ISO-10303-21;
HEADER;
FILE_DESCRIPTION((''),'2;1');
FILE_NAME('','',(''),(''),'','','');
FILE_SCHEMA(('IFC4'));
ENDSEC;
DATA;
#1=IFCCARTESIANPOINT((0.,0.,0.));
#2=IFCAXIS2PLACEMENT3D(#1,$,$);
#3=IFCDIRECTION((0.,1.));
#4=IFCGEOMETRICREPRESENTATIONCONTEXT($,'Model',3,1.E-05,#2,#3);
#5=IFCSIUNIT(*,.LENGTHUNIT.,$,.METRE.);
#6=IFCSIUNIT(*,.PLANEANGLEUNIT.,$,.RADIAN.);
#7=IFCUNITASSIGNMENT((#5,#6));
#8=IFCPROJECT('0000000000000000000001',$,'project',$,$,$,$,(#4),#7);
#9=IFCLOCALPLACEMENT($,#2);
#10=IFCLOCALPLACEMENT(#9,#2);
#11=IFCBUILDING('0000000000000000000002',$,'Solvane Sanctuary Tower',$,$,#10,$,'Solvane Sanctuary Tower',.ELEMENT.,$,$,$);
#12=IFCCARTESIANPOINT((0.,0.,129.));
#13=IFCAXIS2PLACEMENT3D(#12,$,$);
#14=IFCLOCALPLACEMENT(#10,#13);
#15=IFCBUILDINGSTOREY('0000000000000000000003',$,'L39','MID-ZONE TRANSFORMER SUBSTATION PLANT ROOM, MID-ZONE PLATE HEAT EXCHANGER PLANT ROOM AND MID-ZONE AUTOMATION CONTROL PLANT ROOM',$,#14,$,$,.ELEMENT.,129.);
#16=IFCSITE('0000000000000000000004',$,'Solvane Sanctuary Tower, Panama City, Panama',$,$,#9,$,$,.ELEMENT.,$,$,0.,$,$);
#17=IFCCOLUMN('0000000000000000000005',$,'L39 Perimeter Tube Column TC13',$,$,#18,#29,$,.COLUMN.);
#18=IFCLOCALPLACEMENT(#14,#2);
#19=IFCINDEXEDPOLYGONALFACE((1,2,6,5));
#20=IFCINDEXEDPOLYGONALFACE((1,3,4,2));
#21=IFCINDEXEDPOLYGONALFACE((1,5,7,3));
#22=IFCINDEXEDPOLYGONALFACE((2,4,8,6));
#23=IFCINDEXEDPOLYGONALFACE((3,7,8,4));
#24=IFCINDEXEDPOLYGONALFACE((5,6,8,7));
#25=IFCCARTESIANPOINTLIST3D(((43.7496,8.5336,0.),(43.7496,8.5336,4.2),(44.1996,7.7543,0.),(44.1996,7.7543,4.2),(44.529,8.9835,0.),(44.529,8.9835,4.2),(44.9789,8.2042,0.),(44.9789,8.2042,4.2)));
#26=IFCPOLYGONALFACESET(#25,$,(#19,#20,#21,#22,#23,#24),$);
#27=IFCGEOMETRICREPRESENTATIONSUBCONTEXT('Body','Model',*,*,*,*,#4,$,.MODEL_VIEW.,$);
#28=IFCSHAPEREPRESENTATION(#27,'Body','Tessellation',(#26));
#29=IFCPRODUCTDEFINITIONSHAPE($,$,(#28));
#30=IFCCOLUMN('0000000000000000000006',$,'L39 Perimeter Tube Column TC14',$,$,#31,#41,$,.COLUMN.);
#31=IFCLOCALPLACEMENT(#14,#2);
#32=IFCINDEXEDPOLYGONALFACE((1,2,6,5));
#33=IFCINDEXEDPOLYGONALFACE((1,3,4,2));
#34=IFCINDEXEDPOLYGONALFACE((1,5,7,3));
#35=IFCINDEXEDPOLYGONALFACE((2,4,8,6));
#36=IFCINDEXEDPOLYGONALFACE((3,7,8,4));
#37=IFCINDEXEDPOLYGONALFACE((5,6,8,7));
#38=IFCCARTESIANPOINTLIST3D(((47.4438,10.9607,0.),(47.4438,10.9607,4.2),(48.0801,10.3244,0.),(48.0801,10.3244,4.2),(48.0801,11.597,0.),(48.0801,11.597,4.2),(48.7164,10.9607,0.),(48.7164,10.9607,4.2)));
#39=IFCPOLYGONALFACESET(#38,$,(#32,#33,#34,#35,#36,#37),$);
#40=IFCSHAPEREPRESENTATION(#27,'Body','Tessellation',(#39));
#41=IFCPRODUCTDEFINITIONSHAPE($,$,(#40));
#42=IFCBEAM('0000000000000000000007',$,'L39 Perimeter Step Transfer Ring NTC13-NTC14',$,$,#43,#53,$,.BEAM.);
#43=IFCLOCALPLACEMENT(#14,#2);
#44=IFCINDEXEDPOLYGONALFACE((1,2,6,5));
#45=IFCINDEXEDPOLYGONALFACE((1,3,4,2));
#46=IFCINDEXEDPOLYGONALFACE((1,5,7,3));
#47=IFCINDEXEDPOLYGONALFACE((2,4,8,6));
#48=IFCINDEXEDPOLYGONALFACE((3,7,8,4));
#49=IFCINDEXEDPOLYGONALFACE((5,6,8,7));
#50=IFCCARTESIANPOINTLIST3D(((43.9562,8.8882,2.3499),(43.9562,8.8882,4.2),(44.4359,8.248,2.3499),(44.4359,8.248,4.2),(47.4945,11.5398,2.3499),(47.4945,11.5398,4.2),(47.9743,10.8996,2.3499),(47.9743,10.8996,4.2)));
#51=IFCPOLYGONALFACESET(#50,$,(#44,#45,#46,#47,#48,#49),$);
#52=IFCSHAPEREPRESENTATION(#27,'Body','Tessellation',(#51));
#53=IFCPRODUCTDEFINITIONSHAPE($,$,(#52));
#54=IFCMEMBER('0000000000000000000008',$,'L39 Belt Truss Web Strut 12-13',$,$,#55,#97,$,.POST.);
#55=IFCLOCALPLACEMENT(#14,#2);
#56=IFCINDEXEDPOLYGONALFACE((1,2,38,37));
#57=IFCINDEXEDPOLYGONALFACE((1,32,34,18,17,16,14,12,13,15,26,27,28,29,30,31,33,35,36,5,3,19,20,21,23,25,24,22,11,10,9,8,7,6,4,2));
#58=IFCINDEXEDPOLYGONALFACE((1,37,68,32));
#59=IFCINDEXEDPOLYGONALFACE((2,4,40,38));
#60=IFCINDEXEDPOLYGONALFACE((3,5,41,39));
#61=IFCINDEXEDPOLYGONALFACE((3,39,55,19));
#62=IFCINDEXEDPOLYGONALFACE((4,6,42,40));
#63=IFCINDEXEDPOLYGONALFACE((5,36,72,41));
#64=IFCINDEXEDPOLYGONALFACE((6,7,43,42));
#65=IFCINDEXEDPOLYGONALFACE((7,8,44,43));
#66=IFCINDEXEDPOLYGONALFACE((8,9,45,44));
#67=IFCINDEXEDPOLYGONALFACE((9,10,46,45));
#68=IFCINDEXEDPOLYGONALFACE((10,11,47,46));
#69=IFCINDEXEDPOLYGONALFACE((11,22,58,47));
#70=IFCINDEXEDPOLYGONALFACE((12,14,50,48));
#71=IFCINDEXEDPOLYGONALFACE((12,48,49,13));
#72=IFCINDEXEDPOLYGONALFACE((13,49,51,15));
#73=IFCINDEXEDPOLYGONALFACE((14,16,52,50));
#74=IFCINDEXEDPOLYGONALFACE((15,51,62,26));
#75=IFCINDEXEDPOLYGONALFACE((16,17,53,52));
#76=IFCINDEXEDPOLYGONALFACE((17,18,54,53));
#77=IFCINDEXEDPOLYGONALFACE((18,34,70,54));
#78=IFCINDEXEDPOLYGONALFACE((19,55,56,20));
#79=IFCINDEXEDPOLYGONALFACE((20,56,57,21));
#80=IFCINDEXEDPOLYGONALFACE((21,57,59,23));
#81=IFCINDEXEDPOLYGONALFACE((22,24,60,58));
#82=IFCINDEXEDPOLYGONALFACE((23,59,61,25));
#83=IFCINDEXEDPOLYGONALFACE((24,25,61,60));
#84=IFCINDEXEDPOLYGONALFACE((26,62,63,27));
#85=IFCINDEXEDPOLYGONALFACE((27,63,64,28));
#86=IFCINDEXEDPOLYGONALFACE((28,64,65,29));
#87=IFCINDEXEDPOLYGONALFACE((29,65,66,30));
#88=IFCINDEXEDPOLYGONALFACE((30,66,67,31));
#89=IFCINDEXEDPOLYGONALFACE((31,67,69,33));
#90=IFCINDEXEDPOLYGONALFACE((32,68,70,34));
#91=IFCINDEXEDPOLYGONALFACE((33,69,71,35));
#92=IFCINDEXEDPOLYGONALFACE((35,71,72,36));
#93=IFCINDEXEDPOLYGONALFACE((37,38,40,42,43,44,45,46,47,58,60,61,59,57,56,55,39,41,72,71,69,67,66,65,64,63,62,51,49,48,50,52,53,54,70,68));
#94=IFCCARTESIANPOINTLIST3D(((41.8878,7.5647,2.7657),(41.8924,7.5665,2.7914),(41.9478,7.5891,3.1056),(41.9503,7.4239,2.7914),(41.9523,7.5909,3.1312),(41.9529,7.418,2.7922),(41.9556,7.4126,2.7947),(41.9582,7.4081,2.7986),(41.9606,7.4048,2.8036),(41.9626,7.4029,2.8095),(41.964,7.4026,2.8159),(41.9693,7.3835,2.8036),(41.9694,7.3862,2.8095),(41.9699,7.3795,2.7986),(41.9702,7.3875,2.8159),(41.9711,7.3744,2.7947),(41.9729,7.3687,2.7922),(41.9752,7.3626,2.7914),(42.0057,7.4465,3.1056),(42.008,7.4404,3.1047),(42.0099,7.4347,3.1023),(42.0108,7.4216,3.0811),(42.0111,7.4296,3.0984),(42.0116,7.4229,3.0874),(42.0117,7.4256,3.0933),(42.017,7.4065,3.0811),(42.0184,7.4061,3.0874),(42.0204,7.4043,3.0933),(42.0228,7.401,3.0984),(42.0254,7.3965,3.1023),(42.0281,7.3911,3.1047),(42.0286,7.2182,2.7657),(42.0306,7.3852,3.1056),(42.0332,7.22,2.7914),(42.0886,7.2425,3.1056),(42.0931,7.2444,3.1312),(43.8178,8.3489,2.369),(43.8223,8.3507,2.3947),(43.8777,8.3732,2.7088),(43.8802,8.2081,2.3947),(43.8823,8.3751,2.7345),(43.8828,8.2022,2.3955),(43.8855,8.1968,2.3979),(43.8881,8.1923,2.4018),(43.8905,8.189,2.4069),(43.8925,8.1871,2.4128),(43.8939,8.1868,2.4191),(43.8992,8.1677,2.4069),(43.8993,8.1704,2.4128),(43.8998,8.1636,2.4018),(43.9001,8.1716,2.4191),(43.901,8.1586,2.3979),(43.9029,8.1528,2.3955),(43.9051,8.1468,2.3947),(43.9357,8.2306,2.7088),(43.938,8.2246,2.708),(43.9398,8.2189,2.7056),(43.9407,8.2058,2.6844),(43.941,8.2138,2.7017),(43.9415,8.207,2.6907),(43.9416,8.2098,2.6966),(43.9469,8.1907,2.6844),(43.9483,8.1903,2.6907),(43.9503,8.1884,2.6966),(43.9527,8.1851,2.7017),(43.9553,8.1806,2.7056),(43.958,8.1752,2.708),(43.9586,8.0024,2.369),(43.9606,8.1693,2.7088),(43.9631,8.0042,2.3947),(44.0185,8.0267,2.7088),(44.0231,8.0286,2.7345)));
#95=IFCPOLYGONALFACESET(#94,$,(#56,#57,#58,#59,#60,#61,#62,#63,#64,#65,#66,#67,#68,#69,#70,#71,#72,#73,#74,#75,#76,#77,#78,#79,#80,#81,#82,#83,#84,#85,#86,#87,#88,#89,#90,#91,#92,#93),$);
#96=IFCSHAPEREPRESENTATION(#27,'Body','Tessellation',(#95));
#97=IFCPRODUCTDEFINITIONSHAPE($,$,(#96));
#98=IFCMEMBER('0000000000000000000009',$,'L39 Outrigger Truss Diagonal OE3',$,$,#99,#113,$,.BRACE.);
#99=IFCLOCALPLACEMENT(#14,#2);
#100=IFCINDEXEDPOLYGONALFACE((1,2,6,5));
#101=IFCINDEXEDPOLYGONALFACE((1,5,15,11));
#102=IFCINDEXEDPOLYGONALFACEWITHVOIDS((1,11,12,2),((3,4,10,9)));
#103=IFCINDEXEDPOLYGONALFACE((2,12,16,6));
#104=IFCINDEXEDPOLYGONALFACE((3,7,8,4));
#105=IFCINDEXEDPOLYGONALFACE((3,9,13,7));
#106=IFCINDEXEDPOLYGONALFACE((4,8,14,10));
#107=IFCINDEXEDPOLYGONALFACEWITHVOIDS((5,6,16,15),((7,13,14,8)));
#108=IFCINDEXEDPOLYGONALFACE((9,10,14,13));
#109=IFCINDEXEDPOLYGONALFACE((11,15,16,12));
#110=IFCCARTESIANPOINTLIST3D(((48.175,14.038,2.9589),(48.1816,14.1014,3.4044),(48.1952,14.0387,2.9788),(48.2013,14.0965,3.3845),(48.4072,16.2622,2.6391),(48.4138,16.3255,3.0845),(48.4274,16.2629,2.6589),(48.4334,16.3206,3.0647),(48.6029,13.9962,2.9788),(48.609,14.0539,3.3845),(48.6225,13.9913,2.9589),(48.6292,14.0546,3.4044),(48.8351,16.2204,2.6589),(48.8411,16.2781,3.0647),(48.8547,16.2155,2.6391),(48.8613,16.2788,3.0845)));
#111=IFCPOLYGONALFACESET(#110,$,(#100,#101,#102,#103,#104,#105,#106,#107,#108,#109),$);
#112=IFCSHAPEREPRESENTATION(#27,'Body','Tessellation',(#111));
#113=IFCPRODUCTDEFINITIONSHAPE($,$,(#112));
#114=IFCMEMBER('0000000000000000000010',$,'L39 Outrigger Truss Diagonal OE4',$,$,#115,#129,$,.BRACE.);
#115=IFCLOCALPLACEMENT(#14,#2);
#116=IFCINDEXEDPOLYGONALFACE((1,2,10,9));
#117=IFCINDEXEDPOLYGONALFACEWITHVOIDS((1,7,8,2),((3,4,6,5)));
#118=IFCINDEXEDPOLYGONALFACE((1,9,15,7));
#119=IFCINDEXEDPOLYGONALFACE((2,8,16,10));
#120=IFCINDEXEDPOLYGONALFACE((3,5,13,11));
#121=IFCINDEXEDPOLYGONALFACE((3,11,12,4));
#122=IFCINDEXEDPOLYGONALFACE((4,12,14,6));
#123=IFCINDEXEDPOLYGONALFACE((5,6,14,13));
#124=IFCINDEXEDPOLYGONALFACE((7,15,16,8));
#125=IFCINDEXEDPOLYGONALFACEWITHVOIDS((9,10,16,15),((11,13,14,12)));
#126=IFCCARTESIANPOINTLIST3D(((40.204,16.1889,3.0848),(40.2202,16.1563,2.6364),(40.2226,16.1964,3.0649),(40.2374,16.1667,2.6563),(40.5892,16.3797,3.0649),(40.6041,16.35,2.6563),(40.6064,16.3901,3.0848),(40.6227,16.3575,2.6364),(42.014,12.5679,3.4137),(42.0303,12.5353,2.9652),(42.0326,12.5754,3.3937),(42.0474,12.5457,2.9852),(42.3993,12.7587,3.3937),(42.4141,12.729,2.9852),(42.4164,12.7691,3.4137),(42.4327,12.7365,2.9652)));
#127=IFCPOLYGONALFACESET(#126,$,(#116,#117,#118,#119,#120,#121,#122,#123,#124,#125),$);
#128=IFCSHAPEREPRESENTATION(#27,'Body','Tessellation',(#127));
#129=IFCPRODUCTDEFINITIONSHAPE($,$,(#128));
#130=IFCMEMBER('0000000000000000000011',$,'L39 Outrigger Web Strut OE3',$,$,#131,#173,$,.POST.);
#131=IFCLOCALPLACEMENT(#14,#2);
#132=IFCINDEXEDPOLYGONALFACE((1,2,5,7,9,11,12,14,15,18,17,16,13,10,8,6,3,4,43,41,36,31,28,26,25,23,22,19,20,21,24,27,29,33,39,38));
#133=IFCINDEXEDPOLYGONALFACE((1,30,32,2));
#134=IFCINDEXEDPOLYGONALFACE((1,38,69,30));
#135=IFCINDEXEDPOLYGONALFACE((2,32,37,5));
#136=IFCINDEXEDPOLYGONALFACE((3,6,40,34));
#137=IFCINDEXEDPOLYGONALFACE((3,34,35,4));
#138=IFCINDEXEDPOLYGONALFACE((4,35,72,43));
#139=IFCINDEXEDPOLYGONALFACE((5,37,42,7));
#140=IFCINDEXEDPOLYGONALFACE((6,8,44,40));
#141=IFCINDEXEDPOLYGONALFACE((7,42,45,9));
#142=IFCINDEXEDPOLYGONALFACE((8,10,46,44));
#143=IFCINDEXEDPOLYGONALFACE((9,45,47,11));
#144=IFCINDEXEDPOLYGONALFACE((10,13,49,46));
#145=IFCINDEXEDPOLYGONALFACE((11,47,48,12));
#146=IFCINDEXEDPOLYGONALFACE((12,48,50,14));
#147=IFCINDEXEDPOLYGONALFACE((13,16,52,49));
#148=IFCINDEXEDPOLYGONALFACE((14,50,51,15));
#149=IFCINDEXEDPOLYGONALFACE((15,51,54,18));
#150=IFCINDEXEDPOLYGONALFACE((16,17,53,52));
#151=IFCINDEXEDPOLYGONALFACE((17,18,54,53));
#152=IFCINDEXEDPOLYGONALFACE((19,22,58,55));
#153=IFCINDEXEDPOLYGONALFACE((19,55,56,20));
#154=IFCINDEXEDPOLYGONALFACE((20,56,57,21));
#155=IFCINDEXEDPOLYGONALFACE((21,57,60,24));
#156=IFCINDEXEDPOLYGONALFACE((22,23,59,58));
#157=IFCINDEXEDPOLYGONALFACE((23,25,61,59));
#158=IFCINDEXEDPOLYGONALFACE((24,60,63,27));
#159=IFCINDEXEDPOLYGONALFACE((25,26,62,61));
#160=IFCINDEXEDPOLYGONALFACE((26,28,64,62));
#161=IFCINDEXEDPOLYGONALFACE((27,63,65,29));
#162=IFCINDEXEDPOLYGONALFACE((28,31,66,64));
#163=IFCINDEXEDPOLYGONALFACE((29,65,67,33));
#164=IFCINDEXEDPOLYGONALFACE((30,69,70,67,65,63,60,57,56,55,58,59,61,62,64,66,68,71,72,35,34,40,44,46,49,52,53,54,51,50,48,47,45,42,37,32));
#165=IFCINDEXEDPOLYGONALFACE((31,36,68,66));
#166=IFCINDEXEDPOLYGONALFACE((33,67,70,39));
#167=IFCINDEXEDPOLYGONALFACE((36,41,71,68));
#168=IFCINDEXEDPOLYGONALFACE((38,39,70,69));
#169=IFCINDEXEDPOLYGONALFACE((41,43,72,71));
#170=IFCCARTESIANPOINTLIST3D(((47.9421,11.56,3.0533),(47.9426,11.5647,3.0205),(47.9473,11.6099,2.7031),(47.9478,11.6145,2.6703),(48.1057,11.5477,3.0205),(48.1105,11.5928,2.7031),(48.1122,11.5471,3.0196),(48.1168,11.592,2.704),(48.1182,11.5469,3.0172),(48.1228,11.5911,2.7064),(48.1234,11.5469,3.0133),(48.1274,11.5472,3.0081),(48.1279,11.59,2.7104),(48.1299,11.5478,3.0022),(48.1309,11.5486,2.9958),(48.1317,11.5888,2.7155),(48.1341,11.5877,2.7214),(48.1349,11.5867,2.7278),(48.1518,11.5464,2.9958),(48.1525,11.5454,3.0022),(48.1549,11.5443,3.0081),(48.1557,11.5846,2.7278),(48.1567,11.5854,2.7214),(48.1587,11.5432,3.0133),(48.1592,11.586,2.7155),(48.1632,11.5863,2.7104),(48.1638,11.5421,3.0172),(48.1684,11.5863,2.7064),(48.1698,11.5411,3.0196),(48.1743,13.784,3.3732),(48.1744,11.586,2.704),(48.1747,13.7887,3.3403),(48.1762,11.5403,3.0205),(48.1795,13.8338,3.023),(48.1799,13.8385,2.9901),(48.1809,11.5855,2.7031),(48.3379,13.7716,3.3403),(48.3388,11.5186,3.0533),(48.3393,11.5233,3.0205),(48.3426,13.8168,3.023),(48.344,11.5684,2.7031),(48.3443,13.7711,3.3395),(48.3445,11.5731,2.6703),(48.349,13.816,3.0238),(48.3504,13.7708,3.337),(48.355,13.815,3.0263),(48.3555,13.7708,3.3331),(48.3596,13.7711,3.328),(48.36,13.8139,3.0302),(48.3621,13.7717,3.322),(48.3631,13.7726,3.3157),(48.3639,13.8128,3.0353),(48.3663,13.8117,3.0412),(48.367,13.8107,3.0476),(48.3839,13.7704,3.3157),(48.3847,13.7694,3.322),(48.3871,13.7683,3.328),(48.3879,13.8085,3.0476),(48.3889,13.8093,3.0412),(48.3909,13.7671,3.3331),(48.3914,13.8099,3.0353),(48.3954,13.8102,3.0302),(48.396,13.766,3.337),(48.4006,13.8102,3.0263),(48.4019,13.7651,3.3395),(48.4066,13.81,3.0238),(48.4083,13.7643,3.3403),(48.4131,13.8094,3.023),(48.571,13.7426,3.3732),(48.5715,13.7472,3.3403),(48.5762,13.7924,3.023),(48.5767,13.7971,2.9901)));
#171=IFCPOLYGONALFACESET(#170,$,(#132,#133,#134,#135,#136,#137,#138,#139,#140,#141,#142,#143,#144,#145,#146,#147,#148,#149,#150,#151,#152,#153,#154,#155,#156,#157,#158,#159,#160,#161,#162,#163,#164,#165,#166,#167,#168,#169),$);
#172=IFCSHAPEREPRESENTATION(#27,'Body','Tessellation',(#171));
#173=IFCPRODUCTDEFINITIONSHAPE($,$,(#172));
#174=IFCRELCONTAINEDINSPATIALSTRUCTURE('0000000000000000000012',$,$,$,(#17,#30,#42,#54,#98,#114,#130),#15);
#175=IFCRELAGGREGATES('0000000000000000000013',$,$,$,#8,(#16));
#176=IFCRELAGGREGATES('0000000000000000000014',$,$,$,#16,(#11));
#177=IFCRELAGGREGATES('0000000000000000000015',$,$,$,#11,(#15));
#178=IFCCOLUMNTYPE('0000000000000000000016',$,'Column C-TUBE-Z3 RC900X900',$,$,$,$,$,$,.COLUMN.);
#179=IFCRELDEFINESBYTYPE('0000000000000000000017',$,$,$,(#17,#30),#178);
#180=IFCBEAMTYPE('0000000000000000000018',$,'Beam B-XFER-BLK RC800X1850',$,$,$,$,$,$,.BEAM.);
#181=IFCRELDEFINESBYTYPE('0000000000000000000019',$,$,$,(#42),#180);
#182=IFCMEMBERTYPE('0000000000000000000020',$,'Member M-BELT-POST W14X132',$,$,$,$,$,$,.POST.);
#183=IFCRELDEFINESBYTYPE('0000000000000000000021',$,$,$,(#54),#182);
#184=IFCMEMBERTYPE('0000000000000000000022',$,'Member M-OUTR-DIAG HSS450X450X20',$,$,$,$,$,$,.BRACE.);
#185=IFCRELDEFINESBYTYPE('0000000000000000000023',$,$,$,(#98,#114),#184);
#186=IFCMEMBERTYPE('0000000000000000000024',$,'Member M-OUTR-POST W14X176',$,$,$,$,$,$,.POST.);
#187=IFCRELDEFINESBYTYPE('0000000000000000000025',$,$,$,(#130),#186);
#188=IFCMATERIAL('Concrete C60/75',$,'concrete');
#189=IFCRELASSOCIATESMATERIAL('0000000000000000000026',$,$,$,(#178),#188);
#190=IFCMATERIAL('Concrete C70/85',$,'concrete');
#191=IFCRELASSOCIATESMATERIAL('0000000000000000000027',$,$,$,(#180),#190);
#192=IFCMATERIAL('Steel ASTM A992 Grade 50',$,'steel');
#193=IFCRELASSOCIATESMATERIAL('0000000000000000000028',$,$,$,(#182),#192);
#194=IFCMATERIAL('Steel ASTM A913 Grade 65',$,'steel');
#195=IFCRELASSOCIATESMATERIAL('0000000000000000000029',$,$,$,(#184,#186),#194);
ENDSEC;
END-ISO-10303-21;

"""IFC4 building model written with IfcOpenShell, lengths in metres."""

from ifc_helpers import new_model, si_unit, direction, frame, origin, origin_2d, place, context, subcontext, project, spatial, rectangle, hollow_rectangle, i_section, extrude, material, material_profile, profile_set, type_object, element, save


model = new_model("IFC4")

# Units and contexts
model_context = context("Model", 3, precision=1e-05, world=origin(), true_north=direction((0.0, 1.0)))
body_context = subcontext(model_context, "Body", "Model", "MODEL_VIEW")
ifc_project = project(units=[si_unit("LENGTHUNIT", "METRE"), si_unit("PLANEANGLEUNIT", "RADIAN")], contexts=[model_context])

# Site, building, storey
site_placement = place(None, origin())
site = spatial("IfcSite", under=ifc_project, at=site_placement, Name="Solvane Sanctuary Tower, Panama City, Panama", CompositionType="ELEMENT", RefElevation=0.0)
building_placement = place(site_placement, origin())
building = spatial("IfcBuilding", under=site, at=building_placement, Name="Solvane Sanctuary Tower", LongName="Solvane Sanctuary Tower", CompositionType="ELEMENT")
storey_placement = place(building_placement, frame((0.0, 0.0, 129.0)))
storey = spatial("IfcBuildingStorey", under=building, at=storey_placement, Name="L39", Description="MID-ZONE TRANSFORMER SUBSTATION PLANT ROOM, MID-ZONE PLATE HEAT EXCHANGER PLANT ROOM AND MID-ZONE AUTOMATION CONTROL PLANT ROOM", CompositionType="ELEMENT", Elevation=129.0)

# Columns
ifc_material_1 = material(Name="Concrete C60/75", Category="concrete")
ifc_material_profile_1 = material_profile(ifc_material_1, rectangle(XDim=0.8999, YDim=0.8999, at=origin_2d()), Name="RC900X900")
ifc_profile_set_1 = profile_set([ifc_material_profile_1], Name="Concrete C60/75")
column_type = type_object("IfcColumnType", Name="Column C-TUBE-Z3 RC900X900", PredefinedType="COLUMN", material=ifc_profile_set_1)
for number, where, z_axis, x_axis, name in (
    (1, (44.3643, 8.3689, 0.0), (0.0, 0.0, 1.0), (0.5, -0.866025, 0.0), "L39 Perimeter Tube Column TC13"),
    (2, (48.0801, 10.9607, 0.0), (0.0, 0.0, 1.0), (0.707107, -0.707107, 0.0), "L39 Perimeter Tube Column TC14"),
):
    element("IfcColumn", number, at=place(storey_placement, frame(where, z_axis=z_axis, x_axis=x_axis)), inside=storey, type_object=column_type, Name=name, PredefinedType="COLUMN", context=body_context, shape_type="SweptSolid", body=[
        extrude(rectangle(XDim=0.8999, YDim=0.8999, at=origin_2d()), origin(), (0.0, 0.0, 1.0), 4.2),
    ])

# Beam
ifc_material_2 = material(Name="Concrete C70/85", Category="concrete")
ifc_material_profile_2 = material_profile(ifc_material_2, rectangle(XDim=0.8, YDim=1.8501, at=origin_2d()), Name="RC800X1850")
ifc_profile_set_2 = profile_set([ifc_material_profile_2], Name="Concrete C70/85")
beam_type = type_object("IfcBeamType", Name="Beam B-XFER-BLK RC800X1850", PredefinedType="BEAM", material=ifc_profile_set_2)
beam_placement = place(storey_placement, frame((44.196, 8.5681, 3.2749), z_axis=(0.800232, 0.599691, 0.0), x_axis=(-0.599691, 0.800232, 0.0)))
element("IfcBeam", 3, at=beam_placement, inside=storey, type_object=beam_type, Name="L39 Perimeter Step Transfer Ring NTC13-NTC14", PredefinedType="BEAM", context=body_context, shape_type="SweptSolid", body=[
    extrude(rectangle(XDim=0.8, YDim=1.8501, at=origin_2d()), origin(), (0.0, 0.0, 1.0), 4.4216),
])

# Members
ifc_material_3 = material(Name="Steel ASTM A992 Grade 50", Category="steel")
ifc_material_profile_3 = material_profile(ifc_material_3, i_section(OverallWidth=0.374, OverallDepth=0.3721, WebThickness=0.0164, FlangeThickness=0.0261, FilletRadius=0.0249, at=origin_2d()), Name="W14X132")
ifc_profile_set_3 = profile_set([ifc_material_profile_3], Name="Steel ASTM A992 Grade 50")
member_type_1 = type_object("IfcMemberType", Name="Member M-BELT-POST W14X132", PredefinedType="POST", material=ifc_profile_set_3)
member_1_placement = place(storey_placement, frame((41.9905, 7.4045, 2.9485), z_axis=(0.910085, 0.36979, -0.187083), x_axis=(-0.376437, 0.926442, 0.0)))
element("IfcMember", 4, at=member_1_placement, inside=storey, type_object=member_type_1, Name="L39 Belt Truss Web Strut 12-13", PredefinedType="POST", context=body_context, shape_type="SweptSolid", body=[
    extrude(i_section(OverallWidth=0.374, OverallDepth=0.3721, WebThickness=0.0164, FlangeThickness=0.0261, FilletRadius=0.0249, at=origin_2d()), origin(), (0.0, 0.0, 1.0), 2.1206),
])
ifc_material_4 = material(Name="Steel ASTM A913 Grade 65", Category="steel")
ifc_material_profile_4 = material_profile(ifc_material_4, hollow_rectangle(XDim=0.45, YDim=0.45, WallThickness=0.02, at=origin_2d()), Name="HSS450X450X20")
ifc_profile_set_4 = profile_set([ifc_material_profile_4], Name="Steel ASTM A913 Grade 65")
member_type_2 = type_object("IfcMemberType", Name="Member M-OUTR-DIAG HSS450X450X20", PredefinedType="BRACE", material=ifc_profile_set_4)
member_2_placement = place(storey_placement, frame((48.6343, 16.2705, 2.8618), z_axis=(-0.102781, -0.984577, 0.14158), x_axis=(0.994595, -0.103827, 0.0)))
element("IfcMember", 5, at=member_2_placement, inside=storey, type_object=member_type_2, Name="L39 Outrigger Truss Diagonal OE3", PredefinedType="BRACE", context=body_context, shape_type="SweptSolid", body=[
    extrude(hollow_rectangle(XDim=0.45, YDim=0.45, WallThickness=0.02, at=origin_2d()), origin(), (0.0, 0.0, 1.0), 2.259),
])
member_3_placement = place(storey_placement, frame((40.4133, 16.2732, 2.8606), z_axis=(0.445649, -0.891539, 0.080967), x_axis=(0.894475, 0.447117, 0.0)))
element("IfcMember", 6, at=member_3_placement, inside=storey, type_object=member_type_2, Name="L39 Outrigger Truss Diagonal OE4", PredefinedType="BRACE", context=body_context, shape_type="SweptSolid", body=[
    extrude(hollow_rectangle(XDim=0.45, YDim=0.45, WallThickness=0.02, at=origin_2d()), origin(), (0.0, 0.0, 1.0), 4.0615),
])
ifc_material_profile_5 = material_profile(ifc_material_4, i_section(OverallWidth=0.3989, OverallDepth=0.387, WebThickness=0.021, FlangeThickness=0.0332, FilletRadius=0.0249, at=origin_2d()), Name="W14X176")
ifc_profile_set_5 = profile_set([ifc_material_profile_5], Name="Steel ASTM A913 Grade 65")
member_type_3 = type_object("IfcMemberType", Name="Member M-OUTR-POST W14X176", PredefinedType="POST", material=ifc_profile_set_5)
member_4_placement = place(storey_placement, frame((48.3755, 13.7905, 3.1816), z_axis=(-0.102792, -0.984573, -0.141595), x_axis=(0.994594, -0.103838, 0.0)))
element("IfcMember", 7, at=member_4_placement, inside=storey, type_object=member_type_3, Name="L39 Outrigger Web Strut OE3", PredefinedType="POST", context=body_context, shape_type="SweptSolid", body=[
    extrude(i_section(OverallWidth=0.3989, OverallDepth=0.387, WebThickness=0.021, FlangeThickness=0.0332, FilletRadius=0.0249, at=origin_2d()), origin(), (0.0, 0.0, 1.0), 2.2588),
])

save(model, "model.ifc")
